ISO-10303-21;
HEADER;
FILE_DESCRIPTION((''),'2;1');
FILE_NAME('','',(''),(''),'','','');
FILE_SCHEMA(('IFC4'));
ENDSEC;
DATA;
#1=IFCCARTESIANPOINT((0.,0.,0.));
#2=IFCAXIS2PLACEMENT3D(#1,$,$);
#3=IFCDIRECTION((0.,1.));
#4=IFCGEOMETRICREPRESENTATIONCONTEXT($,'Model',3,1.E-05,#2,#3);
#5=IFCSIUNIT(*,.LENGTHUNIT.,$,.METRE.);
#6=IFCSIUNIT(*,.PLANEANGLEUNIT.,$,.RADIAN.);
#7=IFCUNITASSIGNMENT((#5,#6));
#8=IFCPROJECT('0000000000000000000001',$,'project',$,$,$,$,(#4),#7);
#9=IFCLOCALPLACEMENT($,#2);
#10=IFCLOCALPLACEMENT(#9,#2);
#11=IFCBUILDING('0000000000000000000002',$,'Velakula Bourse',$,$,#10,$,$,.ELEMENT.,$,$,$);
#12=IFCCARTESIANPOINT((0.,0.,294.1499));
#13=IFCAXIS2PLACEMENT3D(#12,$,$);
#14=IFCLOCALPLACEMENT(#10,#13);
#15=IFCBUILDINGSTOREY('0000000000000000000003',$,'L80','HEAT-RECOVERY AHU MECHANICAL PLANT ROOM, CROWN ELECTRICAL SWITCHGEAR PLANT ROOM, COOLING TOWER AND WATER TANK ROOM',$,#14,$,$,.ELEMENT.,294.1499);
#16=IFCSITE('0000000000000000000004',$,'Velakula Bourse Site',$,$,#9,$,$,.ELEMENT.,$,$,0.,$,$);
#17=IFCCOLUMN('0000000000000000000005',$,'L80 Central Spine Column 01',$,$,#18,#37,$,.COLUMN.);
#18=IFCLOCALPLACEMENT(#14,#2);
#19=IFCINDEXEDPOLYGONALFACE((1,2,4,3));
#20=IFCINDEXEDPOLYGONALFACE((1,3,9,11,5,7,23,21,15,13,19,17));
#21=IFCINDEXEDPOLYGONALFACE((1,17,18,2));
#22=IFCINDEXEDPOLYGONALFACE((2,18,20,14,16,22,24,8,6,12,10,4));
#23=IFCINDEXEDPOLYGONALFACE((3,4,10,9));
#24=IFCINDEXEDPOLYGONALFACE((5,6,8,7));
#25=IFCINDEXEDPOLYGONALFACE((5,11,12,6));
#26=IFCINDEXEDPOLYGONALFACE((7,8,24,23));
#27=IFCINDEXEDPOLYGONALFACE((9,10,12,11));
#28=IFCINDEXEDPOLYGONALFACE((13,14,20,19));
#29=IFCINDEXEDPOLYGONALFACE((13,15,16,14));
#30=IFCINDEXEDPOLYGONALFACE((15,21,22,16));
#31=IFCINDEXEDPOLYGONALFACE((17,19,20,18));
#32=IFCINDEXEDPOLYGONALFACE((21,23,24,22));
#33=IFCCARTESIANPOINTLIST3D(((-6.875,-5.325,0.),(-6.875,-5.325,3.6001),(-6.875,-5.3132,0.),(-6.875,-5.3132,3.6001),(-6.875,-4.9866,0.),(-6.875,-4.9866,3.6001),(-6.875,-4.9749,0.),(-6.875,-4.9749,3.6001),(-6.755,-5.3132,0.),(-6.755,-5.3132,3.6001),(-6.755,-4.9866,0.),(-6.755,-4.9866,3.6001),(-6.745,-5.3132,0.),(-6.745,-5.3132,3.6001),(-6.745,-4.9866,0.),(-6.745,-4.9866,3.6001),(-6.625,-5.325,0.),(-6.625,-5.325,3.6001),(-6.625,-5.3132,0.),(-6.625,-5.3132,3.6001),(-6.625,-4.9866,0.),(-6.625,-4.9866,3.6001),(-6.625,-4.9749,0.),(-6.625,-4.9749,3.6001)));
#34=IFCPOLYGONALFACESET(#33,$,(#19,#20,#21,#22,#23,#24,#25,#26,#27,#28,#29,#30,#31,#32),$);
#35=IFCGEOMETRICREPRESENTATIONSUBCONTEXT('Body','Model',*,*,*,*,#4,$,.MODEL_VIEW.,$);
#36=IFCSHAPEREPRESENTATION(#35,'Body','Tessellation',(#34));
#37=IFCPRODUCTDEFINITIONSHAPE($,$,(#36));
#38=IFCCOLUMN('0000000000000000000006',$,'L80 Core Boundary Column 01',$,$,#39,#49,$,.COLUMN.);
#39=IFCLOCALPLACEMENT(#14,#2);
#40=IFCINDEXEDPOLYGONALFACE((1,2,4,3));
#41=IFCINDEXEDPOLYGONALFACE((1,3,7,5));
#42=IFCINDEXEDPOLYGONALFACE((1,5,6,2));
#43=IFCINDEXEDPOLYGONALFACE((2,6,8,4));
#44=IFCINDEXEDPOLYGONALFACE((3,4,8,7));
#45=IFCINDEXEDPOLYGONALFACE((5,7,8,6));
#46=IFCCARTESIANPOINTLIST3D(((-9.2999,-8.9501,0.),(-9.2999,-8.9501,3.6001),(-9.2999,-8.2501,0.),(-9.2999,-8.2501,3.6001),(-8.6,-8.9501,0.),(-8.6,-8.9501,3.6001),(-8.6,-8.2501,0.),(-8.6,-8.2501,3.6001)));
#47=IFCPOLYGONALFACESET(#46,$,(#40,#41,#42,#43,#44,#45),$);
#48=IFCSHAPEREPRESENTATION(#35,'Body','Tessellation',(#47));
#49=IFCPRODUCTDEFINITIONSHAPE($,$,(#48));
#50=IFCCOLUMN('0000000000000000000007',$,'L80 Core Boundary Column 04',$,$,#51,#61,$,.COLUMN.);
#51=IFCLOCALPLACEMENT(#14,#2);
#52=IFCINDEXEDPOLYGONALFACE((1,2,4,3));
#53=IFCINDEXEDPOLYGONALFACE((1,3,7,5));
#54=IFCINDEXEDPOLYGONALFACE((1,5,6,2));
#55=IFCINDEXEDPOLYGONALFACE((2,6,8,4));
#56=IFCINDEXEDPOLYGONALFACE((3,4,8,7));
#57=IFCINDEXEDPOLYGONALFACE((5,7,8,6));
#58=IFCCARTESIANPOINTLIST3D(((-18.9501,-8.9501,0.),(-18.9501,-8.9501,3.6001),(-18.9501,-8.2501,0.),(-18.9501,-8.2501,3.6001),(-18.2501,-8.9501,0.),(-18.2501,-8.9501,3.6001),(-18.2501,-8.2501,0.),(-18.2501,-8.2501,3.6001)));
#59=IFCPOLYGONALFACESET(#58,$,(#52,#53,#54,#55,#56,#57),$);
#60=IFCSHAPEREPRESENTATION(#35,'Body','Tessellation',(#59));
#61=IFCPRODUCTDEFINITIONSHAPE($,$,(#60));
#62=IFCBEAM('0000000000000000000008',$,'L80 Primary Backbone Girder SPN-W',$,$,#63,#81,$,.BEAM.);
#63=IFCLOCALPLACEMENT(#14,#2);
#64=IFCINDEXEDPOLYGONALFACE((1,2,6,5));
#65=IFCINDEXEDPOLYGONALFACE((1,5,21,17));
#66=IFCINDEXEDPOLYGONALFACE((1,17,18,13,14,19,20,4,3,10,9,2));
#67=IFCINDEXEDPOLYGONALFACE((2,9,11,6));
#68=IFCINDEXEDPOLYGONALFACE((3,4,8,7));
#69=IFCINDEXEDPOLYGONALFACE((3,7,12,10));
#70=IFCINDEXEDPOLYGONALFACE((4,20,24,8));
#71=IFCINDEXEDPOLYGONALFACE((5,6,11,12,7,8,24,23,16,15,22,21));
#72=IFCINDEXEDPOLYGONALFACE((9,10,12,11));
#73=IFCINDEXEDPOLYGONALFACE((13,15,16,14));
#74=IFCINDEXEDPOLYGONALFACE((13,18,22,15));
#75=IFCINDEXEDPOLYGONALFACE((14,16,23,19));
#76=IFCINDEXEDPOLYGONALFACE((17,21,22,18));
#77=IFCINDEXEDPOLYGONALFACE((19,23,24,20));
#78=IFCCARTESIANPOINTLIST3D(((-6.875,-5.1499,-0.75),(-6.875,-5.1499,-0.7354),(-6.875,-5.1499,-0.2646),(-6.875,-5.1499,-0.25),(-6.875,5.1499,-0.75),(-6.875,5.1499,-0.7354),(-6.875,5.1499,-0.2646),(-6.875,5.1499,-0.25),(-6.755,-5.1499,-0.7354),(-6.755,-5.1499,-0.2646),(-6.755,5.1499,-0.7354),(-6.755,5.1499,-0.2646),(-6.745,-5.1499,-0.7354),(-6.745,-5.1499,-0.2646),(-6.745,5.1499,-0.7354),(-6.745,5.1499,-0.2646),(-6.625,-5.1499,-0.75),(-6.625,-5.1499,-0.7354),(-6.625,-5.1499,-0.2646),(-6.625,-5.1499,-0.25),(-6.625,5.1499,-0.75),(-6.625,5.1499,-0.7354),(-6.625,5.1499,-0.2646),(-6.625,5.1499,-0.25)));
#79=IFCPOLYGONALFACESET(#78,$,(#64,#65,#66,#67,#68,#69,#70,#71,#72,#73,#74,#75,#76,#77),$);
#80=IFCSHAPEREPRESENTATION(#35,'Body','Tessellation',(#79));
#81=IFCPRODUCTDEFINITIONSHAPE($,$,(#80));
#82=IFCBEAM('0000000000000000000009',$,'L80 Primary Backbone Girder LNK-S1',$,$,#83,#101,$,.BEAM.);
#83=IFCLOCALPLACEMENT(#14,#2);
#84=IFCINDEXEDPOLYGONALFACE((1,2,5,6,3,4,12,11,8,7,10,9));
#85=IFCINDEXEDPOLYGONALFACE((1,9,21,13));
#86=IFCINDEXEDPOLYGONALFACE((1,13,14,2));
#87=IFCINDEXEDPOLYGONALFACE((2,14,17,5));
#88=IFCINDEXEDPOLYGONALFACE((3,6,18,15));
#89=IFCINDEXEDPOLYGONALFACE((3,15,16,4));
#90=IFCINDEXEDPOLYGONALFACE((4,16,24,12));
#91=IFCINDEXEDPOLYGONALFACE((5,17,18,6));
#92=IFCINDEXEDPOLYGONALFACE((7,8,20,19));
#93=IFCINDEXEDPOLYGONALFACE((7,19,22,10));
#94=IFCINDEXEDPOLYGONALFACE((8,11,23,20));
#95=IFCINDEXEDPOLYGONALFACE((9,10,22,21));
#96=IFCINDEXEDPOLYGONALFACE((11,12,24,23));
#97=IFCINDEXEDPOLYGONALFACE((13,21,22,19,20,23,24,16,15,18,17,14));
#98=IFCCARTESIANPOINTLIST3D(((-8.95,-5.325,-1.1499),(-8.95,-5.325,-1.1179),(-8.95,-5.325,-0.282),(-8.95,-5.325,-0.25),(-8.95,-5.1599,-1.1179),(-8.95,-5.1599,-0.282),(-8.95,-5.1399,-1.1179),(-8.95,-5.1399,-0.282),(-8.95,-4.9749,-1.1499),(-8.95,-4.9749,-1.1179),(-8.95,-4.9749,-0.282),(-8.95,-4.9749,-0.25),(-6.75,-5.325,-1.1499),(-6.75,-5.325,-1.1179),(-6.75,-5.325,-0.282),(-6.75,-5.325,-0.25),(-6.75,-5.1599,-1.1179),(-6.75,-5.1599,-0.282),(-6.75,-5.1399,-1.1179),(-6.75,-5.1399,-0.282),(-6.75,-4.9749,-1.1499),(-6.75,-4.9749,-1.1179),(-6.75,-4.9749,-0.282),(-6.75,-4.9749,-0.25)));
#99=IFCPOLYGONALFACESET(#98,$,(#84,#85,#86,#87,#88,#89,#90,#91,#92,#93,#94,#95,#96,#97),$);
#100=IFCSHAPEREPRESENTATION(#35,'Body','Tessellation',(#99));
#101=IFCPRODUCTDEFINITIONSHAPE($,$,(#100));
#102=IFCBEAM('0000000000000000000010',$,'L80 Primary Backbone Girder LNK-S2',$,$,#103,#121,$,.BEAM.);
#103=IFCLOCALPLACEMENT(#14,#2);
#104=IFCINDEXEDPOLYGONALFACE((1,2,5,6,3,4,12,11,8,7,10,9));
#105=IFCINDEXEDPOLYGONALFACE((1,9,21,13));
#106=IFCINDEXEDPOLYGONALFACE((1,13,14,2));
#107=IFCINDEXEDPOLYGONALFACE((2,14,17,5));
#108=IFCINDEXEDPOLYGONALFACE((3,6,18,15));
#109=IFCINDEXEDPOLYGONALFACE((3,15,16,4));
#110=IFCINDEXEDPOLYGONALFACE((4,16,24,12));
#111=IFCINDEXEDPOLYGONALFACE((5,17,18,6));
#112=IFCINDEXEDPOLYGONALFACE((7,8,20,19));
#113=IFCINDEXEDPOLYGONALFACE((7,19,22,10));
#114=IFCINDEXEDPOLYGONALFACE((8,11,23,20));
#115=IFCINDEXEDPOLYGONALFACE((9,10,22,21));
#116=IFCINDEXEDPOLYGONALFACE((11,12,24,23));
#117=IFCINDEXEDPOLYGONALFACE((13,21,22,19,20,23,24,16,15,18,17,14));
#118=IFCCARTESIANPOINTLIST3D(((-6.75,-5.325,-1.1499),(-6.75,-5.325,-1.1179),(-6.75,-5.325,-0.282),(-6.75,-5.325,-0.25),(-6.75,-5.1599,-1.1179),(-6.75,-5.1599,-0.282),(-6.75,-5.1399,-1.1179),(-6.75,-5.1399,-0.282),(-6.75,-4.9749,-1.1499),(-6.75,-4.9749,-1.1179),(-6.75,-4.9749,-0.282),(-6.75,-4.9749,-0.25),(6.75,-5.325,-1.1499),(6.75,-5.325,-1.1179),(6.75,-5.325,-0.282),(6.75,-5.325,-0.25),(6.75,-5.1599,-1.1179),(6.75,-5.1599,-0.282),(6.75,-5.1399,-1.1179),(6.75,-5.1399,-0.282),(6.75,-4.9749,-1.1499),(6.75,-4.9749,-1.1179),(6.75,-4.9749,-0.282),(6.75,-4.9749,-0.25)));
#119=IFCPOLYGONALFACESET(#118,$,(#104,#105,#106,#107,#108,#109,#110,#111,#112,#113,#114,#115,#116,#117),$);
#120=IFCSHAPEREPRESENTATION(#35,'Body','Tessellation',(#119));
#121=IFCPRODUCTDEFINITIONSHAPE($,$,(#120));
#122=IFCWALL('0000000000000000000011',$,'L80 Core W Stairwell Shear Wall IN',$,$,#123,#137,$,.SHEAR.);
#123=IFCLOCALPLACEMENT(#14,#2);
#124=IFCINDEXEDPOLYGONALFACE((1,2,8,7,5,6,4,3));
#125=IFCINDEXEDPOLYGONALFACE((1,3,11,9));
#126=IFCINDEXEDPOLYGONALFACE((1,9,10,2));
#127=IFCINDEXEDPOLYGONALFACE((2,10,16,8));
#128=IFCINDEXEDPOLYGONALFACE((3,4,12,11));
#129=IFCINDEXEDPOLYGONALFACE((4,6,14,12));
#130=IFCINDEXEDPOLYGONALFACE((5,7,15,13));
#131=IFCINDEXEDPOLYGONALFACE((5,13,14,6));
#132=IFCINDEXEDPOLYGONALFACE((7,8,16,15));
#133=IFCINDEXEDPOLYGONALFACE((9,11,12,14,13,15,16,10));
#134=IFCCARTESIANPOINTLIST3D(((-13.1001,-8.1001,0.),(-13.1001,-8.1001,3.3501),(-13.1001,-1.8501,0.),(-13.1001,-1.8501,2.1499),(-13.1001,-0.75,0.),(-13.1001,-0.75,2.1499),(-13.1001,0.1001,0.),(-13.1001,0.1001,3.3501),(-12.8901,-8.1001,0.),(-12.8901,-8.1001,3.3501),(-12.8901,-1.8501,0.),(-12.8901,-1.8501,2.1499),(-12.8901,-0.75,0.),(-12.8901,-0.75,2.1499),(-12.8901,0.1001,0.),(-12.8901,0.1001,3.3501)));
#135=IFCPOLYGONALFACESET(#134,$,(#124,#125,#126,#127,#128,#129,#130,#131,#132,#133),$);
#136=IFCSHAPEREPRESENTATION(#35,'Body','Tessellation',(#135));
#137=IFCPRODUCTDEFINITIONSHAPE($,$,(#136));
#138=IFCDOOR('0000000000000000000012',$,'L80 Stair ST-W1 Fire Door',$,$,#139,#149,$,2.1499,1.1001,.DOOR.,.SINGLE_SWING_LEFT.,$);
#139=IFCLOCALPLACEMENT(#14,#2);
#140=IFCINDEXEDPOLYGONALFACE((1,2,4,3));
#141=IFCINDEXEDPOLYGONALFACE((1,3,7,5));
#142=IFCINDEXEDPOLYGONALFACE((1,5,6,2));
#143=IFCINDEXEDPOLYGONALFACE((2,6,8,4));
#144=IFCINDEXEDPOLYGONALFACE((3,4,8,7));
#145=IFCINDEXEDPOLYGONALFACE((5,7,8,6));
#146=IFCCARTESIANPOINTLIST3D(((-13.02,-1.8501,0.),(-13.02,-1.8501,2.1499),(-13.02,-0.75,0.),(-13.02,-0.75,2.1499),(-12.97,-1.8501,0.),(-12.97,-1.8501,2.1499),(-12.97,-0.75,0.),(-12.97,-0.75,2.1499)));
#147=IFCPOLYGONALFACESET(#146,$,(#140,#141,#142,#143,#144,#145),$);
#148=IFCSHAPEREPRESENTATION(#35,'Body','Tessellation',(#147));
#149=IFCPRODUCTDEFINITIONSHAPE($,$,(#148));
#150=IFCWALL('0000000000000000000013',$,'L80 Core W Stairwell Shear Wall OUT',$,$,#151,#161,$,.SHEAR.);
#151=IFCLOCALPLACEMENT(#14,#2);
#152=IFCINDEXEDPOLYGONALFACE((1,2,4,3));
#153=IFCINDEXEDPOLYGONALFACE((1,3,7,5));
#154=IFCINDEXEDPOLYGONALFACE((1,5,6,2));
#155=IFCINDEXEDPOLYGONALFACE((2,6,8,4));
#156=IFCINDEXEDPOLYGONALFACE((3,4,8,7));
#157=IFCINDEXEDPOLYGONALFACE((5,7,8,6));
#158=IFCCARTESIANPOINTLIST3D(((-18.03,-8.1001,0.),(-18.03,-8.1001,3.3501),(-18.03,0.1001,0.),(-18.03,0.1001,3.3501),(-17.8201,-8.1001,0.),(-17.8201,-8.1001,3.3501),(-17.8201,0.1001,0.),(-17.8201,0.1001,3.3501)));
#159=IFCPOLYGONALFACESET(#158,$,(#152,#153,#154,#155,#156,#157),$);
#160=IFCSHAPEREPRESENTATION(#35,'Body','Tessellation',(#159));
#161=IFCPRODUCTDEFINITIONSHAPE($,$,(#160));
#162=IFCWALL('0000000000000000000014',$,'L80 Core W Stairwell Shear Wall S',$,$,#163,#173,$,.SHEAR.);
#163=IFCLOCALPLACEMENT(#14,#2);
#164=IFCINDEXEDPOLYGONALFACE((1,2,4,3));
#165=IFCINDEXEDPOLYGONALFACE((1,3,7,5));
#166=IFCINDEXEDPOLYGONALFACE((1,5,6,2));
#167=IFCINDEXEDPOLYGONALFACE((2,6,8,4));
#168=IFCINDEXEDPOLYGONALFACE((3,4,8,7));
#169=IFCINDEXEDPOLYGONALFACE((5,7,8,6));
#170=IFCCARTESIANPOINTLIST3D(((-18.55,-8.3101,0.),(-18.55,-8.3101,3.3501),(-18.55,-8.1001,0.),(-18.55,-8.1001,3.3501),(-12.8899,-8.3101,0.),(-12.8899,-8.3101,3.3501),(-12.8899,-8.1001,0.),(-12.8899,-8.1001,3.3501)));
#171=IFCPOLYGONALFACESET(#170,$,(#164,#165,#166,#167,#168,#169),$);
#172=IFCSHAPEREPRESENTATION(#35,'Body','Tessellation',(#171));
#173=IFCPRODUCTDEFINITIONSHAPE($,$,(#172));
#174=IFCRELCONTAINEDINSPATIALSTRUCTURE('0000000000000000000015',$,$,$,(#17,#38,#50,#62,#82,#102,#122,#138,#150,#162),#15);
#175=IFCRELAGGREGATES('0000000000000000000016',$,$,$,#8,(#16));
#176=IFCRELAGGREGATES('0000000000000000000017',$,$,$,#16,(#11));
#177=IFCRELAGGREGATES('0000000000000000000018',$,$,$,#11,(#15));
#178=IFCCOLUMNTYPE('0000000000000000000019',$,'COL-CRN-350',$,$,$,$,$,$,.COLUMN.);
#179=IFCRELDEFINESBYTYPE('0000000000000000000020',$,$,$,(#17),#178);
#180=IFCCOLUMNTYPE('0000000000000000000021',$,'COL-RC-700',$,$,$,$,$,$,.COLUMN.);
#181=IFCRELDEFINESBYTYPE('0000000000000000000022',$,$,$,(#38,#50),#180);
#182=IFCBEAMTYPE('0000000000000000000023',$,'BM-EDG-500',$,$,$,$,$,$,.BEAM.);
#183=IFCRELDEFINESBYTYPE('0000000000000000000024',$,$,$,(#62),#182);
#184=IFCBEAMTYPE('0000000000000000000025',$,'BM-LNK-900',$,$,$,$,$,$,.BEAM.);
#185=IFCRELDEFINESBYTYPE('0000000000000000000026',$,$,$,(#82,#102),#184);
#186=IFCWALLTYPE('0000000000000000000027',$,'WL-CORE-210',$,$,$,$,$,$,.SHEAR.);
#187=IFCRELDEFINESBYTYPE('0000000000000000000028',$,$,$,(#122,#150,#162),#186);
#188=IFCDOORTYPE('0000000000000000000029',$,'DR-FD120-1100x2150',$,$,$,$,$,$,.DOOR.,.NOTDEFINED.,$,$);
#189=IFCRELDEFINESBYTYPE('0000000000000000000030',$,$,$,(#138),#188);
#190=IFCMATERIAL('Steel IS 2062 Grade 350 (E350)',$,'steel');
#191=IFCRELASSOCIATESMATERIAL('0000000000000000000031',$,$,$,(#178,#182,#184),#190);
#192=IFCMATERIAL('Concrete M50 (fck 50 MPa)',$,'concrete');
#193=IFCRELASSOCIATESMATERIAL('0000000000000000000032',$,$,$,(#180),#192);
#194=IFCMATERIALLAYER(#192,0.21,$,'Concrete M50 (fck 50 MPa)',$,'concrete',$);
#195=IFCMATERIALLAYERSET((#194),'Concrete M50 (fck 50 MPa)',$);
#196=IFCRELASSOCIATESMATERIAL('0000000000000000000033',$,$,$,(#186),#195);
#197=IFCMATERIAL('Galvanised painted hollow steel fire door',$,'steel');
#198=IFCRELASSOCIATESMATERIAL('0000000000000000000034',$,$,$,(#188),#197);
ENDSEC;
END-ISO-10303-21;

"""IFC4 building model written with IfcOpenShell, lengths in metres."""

from ifc_helpers import new_model, si_unit, direction, frame, frame_2d, origin, origin_2d, place, context, subcontext, project, spatial, rectangle, i_section, extrude, material, layer, layer_set, material_profile, profile_set, type_object, element, fill, save


model = new_model("IFC4")

# Units and contexts
model_context = context("Model", 3, precision=1e-05, world=origin(), true_north=direction((0.0, 1.0)))
body_context = subcontext(model_context, "Body", "Model", "MODEL_VIEW")
ifc_project = project(units=[si_unit("LENGTHUNIT", "METRE"), si_unit("PLANEANGLEUNIT", "RADIAN")], contexts=[model_context])

# Site, building, storey
site_placement = place(None, origin())
site = spatial("IfcSite", under=ifc_project, at=site_placement, Name="Velakula Bourse Site", CompositionType="ELEMENT", RefElevation=0.0)
building_placement = place(site_placement, origin())
building = spatial("IfcBuilding", under=site, at=building_placement, Name="Velakula Bourse", CompositionType="ELEMENT")
storey_placement = place(building_placement, frame((0.0, 0.0, 294.1499)))
storey = spatial("IfcBuildingStorey", under=building, at=storey_placement, Name="L80", Description="HEAT-RECOVERY AHU MECHANICAL PLANT ROOM, CROWN ELECTRICAL SWITCHGEAR PLANT ROOM, COOLING TOWER AND WATER TANK ROOM", CompositionType="ELEMENT", Elevation=294.1499)

# Columns
ifc_material_1 = material(Name="Steel IS 2062 Grade 350 (E350)", Category="steel")
ifc_material_profile_1 = material_profile(ifc_material_1, i_section(OverallWidth=0.25, OverallDepth=0.3501, WebThickness=0.01, FlangeThickness=0.0117, at=origin_2d()), Name="Steel IS 2062 Grade 350 (E350)")
ifc_profile_set_1 = profile_set([ifc_material_profile_1], Name="Steel IS 2062 Grade 350 (E350)")
column_type_1 = type_object("IfcColumnType", Name="COL-CRN-350", PredefinedType="COLUMN", material=ifc_profile_set_1)
column_placement = place(storey_placement, frame((-6.75, -5.1499, 0.0), z_axis=(0.0, 0.0, 1.0), x_axis=(1.0, 0.0, 0.0)))
element("IfcColumn", 1, at=column_placement, inside=storey, type_object=column_type_1, Name="L80 Central Spine Column 01", PredefinedType="COLUMN", context=body_context, shape_type="SweptSolid", body=[
    extrude(i_section(OverallWidth=0.25, OverallDepth=0.3501, WebThickness=0.01, FlangeThickness=0.0117, at=origin_2d()), origin(), (0.0, 0.0, 1.0), 3.6001),
])
ifc_material_2 = material(Name="Concrete M50 (fck 50 MPa)", Category="concrete")
ifc_material_profile_2 = material_profile(ifc_material_2, rectangle(XDim=0.7, YDim=0.7, at=origin_2d()), Name="Concrete M50 (fck 50 MPa)")
ifc_profile_set_2 = profile_set([ifc_material_profile_2], Name="Concrete M50 (fck 50 MPa)")
column_type_2 = type_object("IfcColumnType", Name="COL-RC-700", PredefinedType="COLUMN", material=ifc_profile_set_2)
for number, where, z_axis, x_axis, name in (
    (2, (-8.95, -8.6001, 0.0), (0.0, 0.0, 1.0), (1.0, 0.0, 0.0), "L80 Core Boundary Column 01"),
    (3, (-18.6001, -8.6001, 0.0), (0.0, 0.0, 1.0), (1.0, 0.0, 0.0), "L80 Core Boundary Column 04"),
):
    element("IfcColumn", number, at=place(storey_placement, frame(where, z_axis=z_axis, x_axis=x_axis)), inside=storey, type_object=column_type_2, Name=name, PredefinedType="COLUMN", context=body_context, shape_type="SweptSolid", body=[
        extrude(rectangle(XDim=0.7, YDim=0.7, at=origin_2d()), origin(), (0.0, 0.0, 1.0), 3.6001),
    ])

# Beams
ifc_material_profile_3 = material_profile(ifc_material_1, i_section(OverallWidth=0.25, OverallDepth=0.5, WebThickness=0.01, FlangeThickness=0.0146, at=origin_2d()), Name="Steel IS 2062 Grade 350 (E350)")
ifc_profile_set_3 = profile_set([ifc_material_profile_3], Name="Steel IS 2062 Grade 350 (E350)")
beam_type_1 = type_object("IfcBeamType", Name="BM-EDG-500", PredefinedType="BEAM", material=ifc_profile_set_3)
beam_1_placement = place(storey_placement, frame((-6.75, -5.1499, -0.5), z_axis=(0.0, 1.0, 0.0), x_axis=(-1.0, 0.0, 0.0)))
element("IfcBeam", 4, at=beam_1_placement, inside=storey, type_object=beam_type_1, Name="L80 Primary Backbone Girder SPN-W", PredefinedType="BEAM", context=body_context, shape_type="SweptSolid", body=[
    extrude(i_section(OverallWidth=0.25, OverallDepth=0.5, WebThickness=0.01, FlangeThickness=0.0146, at=origin_2d()), origin(), (0.0, 0.0, 1.0), 10.2998),
])
ifc_material_profile_4 = material_profile(ifc_material_1, i_section(OverallWidth=0.3501, OverallDepth=0.8999, WebThickness=0.02, FlangeThickness=0.032, at=origin_2d()), Name="Steel IS 2062 Grade 350 (E350)")
ifc_profile_set_4 = profile_set([ifc_material_profile_4], Name="Steel IS 2062 Grade 350 (E350)")
beam_type_2 = type_object("IfcBeamType", Name="BM-LNK-900", PredefinedType="BEAM", material=ifc_profile_set_4)
beam_2_placement = place(storey_placement, frame((-8.95, -5.1499, -0.7), z_axis=(1.0, 0.0, 0.0), x_axis=(0.0, 1.0, 0.0)))
element("IfcBeam", 5, at=beam_2_placement, inside=storey, type_object=beam_type_2, Name="L80 Primary Backbone Girder LNK-S1", PredefinedType="BEAM", context=body_context, shape_type="SweptSolid", body=[
    extrude(i_section(OverallWidth=0.3501, OverallDepth=0.8999, WebThickness=0.02, FlangeThickness=0.032, at=origin_2d()), origin(), (0.0, 0.0, 1.0), 2.2),
])
beam_3_placement = place(storey_placement, frame((-6.75, -5.1499, -0.7), z_axis=(1.0, 0.0, 0.0), x_axis=(0.0, 1.0, 0.0)))
element("IfcBeam", 6, at=beam_3_placement, inside=storey, type_object=beam_type_2, Name="L80 Primary Backbone Girder LNK-S2", PredefinedType="BEAM", context=body_context, shape_type="SweptSolid", body=[
    extrude(i_section(OverallWidth=0.3501, OverallDepth=0.8999, WebThickness=0.02, FlangeThickness=0.032, at=origin_2d()), origin(), (0.0, 0.0, 1.0), 13.5),
])

# Wall, opening, door
ifc_layer_1 = layer(ifc_material_2, 0.21, Name="Concrete M50 (fck 50 MPa)", Category="concrete")
ifc_layer_set_1 = layer_set([ifc_layer_1], Name="Concrete M50 (fck 50 MPa)")
wall_type_1 = type_object("IfcWallType", Name="WL-CORE-210", PredefinedType="SHEAR", material=ifc_layer_set_1)
wall_1_placement = place(storey_placement, frame((-12.9951, -8.1001, 0.0), z_axis=(0.0, 0.0, 1.0), x_axis=(0.0, 1.0, 0.0)))
wall_1 = element("IfcWall", 7, at=wall_1_placement, inside=storey, type_object=wall_type_1, Name="L80 Core W Stairwell Shear Wall IN", PredefinedType="SHEAR", context=body_context, shape_type="SweptSolid", body=[
    extrude(rectangle(XDim=8.2002, YDim=0.21, at=frame_2d((4.1001, 0.0))), origin(), (0.0, 0.0, 1.0), 3.3501),
])
opening_1_placement = place(wall_1_placement, frame((6.25, 0.0, 0.0)))
opening_1 = element("IfcOpeningElement", 8, at=opening_1_placement, cuts=wall_1, PredefinedType="OPENING", context=body_context, shape_type="SweptSolid", body=[
    extrude(rectangle(XDim=1.1001, YDim=2.1499, at=frame_2d((0.55, 1.075))), frame((0.0, 0.115, 0.0), z_axis=(0.0, -1.0, 0.0), x_axis=(1.0, 0.0, 0.0)), (0.0, 0.0, 1.0), 0.23),
])
ifc_material_3 = material(Name="Galvanised painted hollow steel fire door", Category="steel")
door_type_1 = type_object("IfcDoorType", Name="DR-FD120-1100x2150", OperationType="NOTDEFINED", PredefinedType="DOOR", material=ifc_material_3)
door_1_placement = place(opening_1_placement, origin())
door_1 = element("IfcDoor", 9, at=door_1_placement, inside=storey, type_object=door_type_1, Name="L80 Stair ST-W1 Fire Door", OperationType="SINGLE_SWING_LEFT", OverallHeight=2.1499, OverallWidth=1.1001, PredefinedType="DOOR", context=body_context, shape_type="SweptSolid", body=[
    extrude(rectangle(XDim=1.1001, YDim=2.1499, at=frame_2d((0.55, 1.075))), frame((0.0, 0.0249, 0.0), z_axis=(0.0, -1.0, 0.0), x_axis=(1.0, 0.0, 0.0)), (0.0, 0.0, 1.0), 0.05),
])
fill(opening_1, door_1)

# Walls
wall_2_placement = place(storey_placement, frame((-17.925, -8.1001, 0.0), z_axis=(0.0, 0.0, 1.0), x_axis=(0.0, 1.0, 0.0)))
element("IfcWall", 10, at=wall_2_placement, inside=storey, type_object=wall_type_1, Name="L80 Core W Stairwell Shear Wall OUT", PredefinedType="SHEAR", context=body_context, shape_type="SweptSolid", body=[
    extrude(rectangle(XDim=8.2002, YDim=0.21, at=frame_2d((4.1001, 0.0))), origin(), (0.0, 0.0, 1.0), 3.3501),
])
wall_3_placement = place(storey_placement, frame((-18.55, -8.2051, 0.0), z_axis=(0.0, 0.0, 1.0), x_axis=(1.0, 0.0, 0.0)))
element("IfcWall", 11, at=wall_3_placement, inside=storey, type_object=wall_type_1, Name="L80 Core W Stairwell Shear Wall S", PredefinedType="SHEAR", context=body_context, shape_type="SweptSolid", body=[
    extrude(rectangle(XDim=5.6602, YDim=0.21, at=frame_2d((2.8301, 0.0))), origin(), (0.0, 0.0, 1.0), 3.3501),
])

save(model, "model.ifc")
